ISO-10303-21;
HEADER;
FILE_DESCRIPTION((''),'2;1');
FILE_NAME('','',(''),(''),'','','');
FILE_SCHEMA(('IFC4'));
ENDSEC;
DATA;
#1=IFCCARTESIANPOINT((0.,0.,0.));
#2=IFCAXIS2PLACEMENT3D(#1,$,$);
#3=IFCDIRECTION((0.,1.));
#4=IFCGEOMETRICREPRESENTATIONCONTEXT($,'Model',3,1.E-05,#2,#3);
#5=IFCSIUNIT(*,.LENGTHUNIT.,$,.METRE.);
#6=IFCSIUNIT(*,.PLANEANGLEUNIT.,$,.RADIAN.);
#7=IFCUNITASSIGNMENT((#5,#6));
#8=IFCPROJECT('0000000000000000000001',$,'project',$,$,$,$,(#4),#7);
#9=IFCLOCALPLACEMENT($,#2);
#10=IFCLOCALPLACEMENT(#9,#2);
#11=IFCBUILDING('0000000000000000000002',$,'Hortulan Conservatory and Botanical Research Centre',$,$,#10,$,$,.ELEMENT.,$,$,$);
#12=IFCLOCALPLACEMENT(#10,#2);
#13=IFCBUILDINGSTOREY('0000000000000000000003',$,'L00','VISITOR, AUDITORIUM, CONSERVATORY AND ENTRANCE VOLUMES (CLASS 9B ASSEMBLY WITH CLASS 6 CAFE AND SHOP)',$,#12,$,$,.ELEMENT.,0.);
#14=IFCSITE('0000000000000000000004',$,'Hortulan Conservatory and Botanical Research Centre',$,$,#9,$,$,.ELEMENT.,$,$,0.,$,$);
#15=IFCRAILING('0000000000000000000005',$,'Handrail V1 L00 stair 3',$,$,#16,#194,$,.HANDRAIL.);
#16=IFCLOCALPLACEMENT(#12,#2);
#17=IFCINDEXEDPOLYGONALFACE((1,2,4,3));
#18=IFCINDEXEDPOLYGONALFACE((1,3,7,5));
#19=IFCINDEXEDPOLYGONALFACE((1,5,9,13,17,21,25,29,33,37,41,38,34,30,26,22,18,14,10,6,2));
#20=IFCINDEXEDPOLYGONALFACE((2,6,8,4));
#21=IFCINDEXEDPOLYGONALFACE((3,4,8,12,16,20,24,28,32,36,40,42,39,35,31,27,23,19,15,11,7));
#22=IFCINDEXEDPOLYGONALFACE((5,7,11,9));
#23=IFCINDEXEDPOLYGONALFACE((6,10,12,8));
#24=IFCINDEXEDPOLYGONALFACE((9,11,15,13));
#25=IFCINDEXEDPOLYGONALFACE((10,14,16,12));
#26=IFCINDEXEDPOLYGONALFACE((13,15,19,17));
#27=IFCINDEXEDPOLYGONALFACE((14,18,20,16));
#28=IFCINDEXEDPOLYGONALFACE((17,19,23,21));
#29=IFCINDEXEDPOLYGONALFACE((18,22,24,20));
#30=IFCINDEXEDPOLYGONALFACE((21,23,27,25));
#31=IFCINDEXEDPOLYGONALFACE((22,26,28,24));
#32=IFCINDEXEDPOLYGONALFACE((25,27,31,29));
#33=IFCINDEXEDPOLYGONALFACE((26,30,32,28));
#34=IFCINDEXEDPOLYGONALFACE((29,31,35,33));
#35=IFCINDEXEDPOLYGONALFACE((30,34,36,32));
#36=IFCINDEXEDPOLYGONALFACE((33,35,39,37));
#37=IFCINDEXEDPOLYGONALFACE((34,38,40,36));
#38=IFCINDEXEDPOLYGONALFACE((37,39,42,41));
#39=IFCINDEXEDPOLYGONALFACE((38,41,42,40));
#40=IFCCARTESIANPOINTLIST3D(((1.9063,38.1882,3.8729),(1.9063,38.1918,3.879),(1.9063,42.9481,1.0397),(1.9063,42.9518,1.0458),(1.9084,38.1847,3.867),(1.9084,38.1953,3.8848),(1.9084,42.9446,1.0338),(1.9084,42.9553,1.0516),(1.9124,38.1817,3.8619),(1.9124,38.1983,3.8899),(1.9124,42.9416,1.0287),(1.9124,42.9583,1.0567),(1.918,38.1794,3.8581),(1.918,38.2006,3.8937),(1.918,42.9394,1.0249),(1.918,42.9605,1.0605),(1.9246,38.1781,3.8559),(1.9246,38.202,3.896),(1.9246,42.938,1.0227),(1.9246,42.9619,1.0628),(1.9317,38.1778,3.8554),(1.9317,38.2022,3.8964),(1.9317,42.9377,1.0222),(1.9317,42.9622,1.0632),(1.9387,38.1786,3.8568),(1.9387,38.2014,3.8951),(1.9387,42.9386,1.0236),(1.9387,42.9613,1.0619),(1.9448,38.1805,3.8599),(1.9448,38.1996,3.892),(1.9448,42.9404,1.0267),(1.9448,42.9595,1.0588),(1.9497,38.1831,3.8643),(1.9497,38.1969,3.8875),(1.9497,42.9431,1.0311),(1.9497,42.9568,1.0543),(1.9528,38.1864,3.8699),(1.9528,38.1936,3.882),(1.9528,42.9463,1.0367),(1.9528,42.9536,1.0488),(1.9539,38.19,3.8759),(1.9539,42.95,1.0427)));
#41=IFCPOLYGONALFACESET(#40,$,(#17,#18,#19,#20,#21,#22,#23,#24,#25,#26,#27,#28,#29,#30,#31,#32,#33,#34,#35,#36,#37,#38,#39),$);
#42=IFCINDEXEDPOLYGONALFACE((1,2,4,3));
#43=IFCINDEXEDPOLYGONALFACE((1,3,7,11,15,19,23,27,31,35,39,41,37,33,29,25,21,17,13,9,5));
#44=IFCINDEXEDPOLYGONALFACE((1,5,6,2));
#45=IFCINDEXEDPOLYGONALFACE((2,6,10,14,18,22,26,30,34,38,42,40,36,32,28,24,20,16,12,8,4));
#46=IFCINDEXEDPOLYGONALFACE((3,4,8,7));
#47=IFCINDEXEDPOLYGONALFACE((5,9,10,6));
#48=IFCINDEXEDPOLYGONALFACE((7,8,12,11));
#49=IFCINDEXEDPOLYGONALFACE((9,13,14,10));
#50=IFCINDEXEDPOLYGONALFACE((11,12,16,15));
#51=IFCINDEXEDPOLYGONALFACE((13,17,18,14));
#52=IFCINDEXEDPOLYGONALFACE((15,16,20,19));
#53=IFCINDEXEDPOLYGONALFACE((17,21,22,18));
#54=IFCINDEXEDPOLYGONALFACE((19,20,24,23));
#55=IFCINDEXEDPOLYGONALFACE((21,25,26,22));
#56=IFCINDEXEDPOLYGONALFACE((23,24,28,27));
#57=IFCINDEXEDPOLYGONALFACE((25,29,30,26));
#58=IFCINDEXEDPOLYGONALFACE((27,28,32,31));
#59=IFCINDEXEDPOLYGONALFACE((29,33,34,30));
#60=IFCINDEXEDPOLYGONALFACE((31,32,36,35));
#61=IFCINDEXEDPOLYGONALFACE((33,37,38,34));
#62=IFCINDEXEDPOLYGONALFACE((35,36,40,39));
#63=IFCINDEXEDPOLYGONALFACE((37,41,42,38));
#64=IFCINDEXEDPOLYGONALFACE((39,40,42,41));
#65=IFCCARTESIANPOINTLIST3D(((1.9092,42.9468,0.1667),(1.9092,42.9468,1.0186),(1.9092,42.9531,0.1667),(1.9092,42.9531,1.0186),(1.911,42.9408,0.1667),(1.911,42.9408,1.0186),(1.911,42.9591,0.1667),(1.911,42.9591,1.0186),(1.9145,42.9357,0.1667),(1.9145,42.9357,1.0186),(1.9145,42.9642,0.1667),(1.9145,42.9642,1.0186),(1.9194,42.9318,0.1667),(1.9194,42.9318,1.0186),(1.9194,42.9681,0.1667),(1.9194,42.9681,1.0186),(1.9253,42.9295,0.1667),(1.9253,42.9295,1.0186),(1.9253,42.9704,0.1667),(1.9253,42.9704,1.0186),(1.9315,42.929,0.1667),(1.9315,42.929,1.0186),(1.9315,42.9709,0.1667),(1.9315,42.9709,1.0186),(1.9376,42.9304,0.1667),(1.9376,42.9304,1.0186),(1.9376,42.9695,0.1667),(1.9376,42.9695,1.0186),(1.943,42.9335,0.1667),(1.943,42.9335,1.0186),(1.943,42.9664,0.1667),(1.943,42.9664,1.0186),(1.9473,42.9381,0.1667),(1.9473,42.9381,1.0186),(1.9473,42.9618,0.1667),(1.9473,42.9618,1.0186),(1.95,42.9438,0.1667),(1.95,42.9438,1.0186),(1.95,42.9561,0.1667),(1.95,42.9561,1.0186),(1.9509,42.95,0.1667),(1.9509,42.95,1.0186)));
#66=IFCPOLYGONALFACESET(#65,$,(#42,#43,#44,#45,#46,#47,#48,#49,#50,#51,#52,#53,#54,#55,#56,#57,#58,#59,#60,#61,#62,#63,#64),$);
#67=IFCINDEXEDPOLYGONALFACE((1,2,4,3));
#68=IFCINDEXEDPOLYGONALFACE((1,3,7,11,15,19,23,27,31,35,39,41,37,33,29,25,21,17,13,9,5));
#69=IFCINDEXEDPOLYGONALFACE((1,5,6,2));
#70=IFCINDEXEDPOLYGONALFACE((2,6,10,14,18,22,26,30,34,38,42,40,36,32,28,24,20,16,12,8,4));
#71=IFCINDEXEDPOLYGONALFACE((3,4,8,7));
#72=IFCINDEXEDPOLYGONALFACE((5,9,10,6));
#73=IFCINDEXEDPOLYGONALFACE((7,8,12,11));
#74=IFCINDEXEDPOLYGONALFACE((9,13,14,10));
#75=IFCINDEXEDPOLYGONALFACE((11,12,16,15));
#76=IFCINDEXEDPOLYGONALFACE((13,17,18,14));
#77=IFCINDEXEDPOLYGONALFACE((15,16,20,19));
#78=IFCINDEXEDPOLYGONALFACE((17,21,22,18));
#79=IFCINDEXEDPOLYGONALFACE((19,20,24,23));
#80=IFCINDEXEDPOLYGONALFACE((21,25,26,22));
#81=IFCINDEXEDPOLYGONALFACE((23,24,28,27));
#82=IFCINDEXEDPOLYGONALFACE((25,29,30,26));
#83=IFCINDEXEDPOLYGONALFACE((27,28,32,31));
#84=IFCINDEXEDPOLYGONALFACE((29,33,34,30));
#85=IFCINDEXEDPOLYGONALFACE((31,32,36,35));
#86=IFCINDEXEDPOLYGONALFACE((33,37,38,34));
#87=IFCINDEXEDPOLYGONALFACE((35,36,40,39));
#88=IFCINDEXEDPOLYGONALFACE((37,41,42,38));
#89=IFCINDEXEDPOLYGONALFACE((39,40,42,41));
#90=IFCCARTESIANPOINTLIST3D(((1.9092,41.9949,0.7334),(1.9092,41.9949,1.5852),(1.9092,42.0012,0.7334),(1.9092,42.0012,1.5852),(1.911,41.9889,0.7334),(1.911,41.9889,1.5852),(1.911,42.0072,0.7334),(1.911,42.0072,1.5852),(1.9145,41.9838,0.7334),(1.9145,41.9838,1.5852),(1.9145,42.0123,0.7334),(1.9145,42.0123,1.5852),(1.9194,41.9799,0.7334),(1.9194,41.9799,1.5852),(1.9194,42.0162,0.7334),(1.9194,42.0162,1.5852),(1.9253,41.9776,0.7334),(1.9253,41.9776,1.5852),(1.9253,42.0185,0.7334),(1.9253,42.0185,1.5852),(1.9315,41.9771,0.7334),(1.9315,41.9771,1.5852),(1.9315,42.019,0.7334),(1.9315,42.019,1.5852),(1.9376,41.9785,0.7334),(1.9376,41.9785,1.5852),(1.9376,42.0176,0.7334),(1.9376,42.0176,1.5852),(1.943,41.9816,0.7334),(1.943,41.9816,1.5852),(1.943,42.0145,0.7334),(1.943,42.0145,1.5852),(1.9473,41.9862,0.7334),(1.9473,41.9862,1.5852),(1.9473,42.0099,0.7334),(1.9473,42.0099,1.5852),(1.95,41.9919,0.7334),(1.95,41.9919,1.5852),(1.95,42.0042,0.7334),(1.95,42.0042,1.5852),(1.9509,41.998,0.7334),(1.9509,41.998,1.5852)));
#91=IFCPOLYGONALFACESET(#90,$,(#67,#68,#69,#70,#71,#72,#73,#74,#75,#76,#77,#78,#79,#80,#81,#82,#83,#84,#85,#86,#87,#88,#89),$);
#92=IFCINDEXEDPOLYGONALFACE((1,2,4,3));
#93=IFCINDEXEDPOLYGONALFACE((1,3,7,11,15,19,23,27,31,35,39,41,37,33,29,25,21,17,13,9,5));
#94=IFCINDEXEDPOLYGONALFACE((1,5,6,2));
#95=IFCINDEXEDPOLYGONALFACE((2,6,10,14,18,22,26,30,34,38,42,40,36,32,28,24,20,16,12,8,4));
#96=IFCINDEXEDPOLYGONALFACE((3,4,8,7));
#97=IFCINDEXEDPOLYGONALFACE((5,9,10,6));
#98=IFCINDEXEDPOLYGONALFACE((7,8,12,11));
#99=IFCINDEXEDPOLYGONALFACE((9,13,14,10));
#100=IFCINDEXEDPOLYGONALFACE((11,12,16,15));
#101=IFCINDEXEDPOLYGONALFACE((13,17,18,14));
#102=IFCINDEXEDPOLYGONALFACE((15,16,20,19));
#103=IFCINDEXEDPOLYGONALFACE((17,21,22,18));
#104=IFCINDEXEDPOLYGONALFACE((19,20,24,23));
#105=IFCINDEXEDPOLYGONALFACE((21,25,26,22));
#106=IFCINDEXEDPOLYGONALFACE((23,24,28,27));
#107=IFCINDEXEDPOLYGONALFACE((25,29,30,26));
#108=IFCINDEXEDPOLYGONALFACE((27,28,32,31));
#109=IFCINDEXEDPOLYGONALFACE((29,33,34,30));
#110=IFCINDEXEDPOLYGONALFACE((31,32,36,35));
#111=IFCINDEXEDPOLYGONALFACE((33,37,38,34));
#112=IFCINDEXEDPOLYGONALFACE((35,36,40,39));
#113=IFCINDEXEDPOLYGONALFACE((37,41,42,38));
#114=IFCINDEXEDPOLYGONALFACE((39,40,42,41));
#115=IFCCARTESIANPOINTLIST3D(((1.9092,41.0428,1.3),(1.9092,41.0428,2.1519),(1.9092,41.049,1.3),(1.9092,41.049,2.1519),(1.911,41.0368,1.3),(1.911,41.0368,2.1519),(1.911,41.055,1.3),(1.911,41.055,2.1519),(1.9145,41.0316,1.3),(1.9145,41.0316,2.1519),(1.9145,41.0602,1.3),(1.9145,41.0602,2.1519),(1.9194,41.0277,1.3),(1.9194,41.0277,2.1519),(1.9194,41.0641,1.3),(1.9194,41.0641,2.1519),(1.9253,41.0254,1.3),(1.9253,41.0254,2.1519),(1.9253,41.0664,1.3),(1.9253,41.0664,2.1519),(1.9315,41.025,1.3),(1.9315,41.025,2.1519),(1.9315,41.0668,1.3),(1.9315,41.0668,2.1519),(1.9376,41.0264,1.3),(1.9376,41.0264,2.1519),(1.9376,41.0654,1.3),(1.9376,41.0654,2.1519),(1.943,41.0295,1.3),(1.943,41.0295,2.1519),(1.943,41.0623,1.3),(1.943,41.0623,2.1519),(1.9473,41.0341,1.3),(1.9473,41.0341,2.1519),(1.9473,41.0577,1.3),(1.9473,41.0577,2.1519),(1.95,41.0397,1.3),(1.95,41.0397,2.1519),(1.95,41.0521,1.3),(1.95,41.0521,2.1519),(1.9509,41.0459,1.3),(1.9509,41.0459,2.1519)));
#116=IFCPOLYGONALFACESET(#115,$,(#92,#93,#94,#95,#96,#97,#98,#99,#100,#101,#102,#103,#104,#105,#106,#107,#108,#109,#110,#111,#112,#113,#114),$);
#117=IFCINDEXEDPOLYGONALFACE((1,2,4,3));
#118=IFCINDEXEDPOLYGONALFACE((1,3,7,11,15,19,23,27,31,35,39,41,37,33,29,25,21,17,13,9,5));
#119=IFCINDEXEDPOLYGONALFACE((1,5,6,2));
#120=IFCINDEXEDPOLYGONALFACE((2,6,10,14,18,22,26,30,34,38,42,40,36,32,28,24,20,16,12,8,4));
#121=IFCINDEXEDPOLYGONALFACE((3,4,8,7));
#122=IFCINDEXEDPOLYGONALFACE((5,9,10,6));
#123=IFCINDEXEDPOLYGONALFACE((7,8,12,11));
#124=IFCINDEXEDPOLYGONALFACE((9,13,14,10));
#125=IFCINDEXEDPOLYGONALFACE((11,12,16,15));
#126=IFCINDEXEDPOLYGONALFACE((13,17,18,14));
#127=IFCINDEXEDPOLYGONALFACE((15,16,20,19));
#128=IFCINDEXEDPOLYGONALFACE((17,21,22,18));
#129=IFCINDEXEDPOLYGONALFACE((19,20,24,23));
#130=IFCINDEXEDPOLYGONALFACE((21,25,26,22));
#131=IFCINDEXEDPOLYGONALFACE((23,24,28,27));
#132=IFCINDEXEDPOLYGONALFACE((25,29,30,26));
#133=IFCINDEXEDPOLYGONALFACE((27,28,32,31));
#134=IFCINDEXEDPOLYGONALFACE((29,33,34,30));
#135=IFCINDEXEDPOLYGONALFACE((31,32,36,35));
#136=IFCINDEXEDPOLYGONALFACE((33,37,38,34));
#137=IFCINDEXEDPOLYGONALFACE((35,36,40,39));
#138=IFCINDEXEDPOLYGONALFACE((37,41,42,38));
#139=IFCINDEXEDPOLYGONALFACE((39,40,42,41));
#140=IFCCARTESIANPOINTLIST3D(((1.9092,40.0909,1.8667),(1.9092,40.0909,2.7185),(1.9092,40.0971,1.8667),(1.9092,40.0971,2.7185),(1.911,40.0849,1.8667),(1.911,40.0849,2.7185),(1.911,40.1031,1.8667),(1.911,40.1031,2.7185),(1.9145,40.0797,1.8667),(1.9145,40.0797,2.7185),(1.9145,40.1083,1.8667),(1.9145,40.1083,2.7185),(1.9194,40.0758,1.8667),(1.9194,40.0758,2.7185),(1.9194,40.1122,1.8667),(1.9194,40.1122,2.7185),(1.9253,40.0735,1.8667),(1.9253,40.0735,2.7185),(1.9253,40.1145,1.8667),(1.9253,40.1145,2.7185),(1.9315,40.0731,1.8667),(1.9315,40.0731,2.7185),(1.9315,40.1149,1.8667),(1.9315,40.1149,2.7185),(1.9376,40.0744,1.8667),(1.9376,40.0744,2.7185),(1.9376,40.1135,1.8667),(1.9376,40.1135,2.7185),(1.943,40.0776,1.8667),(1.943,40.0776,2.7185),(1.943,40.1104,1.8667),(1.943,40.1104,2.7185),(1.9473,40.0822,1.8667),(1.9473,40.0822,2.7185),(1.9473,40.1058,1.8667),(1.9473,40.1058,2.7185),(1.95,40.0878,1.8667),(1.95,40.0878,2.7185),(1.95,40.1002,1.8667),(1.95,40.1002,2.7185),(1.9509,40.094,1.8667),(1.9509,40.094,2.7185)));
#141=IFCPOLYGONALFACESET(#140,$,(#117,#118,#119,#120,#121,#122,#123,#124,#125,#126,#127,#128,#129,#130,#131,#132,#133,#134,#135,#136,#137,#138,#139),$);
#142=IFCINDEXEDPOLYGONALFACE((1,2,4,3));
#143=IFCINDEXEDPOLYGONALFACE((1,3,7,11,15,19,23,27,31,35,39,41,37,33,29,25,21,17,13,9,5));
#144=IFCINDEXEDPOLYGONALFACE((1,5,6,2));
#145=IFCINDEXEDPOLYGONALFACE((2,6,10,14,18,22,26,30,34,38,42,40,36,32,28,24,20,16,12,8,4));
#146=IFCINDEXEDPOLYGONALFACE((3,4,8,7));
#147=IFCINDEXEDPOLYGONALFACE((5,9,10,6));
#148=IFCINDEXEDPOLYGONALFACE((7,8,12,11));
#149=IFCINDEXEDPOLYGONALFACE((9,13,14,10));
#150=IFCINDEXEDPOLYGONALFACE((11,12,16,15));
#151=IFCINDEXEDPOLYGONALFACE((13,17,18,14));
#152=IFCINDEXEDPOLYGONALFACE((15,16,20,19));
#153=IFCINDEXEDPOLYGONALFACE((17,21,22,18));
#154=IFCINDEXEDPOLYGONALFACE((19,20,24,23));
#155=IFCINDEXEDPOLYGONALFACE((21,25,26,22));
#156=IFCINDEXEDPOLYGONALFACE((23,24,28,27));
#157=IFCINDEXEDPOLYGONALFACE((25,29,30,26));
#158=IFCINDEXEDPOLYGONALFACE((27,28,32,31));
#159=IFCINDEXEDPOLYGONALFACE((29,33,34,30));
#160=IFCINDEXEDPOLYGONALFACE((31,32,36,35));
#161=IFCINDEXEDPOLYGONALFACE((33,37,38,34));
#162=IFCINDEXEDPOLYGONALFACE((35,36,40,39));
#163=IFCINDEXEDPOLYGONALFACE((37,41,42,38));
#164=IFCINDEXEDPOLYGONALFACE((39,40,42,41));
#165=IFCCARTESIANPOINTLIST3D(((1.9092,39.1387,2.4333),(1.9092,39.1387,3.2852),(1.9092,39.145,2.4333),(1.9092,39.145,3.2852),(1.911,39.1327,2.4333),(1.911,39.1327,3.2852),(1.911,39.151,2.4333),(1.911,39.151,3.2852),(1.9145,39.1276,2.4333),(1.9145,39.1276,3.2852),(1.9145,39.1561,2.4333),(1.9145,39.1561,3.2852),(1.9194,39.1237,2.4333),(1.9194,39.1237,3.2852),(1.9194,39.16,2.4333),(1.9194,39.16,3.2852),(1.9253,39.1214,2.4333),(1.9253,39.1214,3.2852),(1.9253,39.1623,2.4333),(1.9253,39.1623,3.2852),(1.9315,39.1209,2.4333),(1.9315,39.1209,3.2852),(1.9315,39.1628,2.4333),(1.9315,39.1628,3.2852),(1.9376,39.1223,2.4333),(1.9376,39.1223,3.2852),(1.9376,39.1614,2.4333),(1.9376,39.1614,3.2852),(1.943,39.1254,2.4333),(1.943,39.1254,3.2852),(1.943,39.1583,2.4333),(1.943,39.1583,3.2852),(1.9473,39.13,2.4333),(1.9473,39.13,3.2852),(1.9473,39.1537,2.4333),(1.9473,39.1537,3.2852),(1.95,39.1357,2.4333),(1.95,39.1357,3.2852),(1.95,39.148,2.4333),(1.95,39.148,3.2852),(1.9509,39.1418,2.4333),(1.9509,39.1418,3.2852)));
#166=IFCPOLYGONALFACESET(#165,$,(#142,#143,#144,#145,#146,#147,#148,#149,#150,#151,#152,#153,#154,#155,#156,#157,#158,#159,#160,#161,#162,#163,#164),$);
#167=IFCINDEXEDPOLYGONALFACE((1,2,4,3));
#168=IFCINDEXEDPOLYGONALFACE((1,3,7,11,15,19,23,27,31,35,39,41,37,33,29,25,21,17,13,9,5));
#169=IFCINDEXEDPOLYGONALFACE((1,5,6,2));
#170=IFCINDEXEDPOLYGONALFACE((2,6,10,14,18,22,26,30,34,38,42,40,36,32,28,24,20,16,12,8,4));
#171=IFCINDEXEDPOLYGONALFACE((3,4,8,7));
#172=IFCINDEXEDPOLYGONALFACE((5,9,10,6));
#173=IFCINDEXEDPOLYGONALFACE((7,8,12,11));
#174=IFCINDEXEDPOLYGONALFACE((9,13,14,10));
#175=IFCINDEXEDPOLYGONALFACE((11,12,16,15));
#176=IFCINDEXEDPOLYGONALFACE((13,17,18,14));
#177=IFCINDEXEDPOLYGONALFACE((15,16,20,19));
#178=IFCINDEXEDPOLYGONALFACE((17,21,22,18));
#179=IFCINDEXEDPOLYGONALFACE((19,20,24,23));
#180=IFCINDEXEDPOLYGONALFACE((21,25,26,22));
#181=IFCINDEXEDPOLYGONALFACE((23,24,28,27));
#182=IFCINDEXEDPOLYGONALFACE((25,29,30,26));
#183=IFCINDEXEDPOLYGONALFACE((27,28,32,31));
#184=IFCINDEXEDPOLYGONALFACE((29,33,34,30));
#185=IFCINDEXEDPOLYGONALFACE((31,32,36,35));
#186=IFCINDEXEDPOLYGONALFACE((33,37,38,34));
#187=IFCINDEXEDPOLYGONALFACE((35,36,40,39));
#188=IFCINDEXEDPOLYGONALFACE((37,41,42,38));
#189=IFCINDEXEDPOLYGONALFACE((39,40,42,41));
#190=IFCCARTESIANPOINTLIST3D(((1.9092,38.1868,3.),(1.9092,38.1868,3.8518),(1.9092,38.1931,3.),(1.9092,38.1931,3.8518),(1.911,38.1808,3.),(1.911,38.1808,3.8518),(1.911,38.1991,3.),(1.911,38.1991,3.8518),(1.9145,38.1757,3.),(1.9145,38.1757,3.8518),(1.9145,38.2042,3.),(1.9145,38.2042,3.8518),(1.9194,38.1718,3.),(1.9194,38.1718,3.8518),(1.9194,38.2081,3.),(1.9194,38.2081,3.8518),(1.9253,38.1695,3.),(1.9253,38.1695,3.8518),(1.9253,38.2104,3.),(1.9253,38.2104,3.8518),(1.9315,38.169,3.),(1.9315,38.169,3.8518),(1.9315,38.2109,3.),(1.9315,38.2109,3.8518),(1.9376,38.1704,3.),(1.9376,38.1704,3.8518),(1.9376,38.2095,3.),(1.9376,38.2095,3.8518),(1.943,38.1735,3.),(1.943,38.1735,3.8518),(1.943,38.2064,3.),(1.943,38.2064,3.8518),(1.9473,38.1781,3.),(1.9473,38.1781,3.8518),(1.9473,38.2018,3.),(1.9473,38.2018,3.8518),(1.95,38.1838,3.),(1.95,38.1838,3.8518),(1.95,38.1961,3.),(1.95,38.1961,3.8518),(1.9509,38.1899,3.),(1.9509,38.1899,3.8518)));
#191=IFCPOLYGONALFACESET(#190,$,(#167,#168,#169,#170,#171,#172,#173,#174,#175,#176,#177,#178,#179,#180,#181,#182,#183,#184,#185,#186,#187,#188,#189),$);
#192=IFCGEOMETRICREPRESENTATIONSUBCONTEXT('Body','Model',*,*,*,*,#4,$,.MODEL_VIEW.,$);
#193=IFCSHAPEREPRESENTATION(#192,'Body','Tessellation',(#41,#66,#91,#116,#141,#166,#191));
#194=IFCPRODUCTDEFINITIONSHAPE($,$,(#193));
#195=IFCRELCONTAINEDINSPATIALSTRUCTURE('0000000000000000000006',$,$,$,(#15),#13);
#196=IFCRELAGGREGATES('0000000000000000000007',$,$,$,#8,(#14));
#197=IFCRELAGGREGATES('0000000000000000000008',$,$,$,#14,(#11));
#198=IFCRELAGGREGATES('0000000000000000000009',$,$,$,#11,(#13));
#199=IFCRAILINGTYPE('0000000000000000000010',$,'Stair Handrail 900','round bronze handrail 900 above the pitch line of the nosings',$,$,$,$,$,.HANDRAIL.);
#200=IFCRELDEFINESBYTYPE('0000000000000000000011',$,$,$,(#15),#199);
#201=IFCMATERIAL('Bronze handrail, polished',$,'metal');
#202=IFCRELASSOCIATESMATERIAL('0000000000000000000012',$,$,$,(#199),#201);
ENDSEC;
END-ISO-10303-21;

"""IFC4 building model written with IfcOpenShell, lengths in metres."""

from ifc_helpers import new_model, si_unit, direction, frame, origin, origin_2d, place, context, subcontext, project, spatial, circle, extrude, material, type_object, element, save


model = new_model("IFC4")

# Units and contexts
model_context = context("Model", 3, precision=1e-05, world=origin(), true_north=direction((0.0, 1.0)))
body_context = subcontext(model_context, "Body", "Model", "MODEL_VIEW")
ifc_project = project(units=[si_unit("LENGTHUNIT", "METRE"), si_unit("PLANEANGLEUNIT", "RADIAN")], contexts=[model_context])

# Site, building, storey
site_placement = place(None, origin())
site = spatial("IfcSite", under=ifc_project, at=site_placement, Name="Hortulan Conservatory and Botanical Research Centre", CompositionType="ELEMENT", RefElevation=0.0)
building_placement = place(site_placement, origin())
building = spatial("IfcBuilding", under=site, at=building_placement, Name="Hortulan Conservatory and Botanical Research Centre", CompositionType="ELEMENT")
storey_placement = place(building_placement, origin())
storey = spatial("IfcBuildingStorey", under=building, at=storey_placement, Name="L00", Description="VISITOR, AUDITORIUM, CONSERVATORY AND ENTRANCE VOLUMES (CLASS 9B ASSEMBLY WITH CLASS 6 CAFE AND SHOP)", CompositionType="ELEMENT", Elevation=0.0)

# Railing
ifc_material_1 = material(Name="Bronze handrail, polished", Category="metal")
railing_type_1 = type_object("IfcRailingType", Name="Stair Handrail 900", Description="round bronze handrail 900 above the pitch line of the nosings", PredefinedType="HANDRAIL", material=ifc_material_1)
railing_1_placement = place(storey_placement, frame((1.9299, 42.95, 0.1667)))
element("IfcRailing", 1, at=railing_1_placement, inside=storey, type_object=railing_type_1, Name="Handrail V1 L00 stair 3", PredefinedType="HANDRAIL", context=body_context, shape_type="SweptSolid", body=[
    extrude(circle(Radius=0.0239, at=origin_2d()), frame((0.0, 0.0, 0.876), z_axis=(0.0, -0.8593, 0.511472), x_axis=(1.0, 0.0, 0.0)), (0.0, 0.0, 1.0), 5.5393),
    extrude(circle(Radius=0.021, at=origin_2d()), origin(), (0.0, 0.0, 1.0), 0.8518),
    extrude(circle(Radius=0.021, at=origin_2d()), frame((0.0, -0.9519, 0.5667)), (0.0, 0.0, 1.0), 0.8518),
    extrude(circle(Radius=0.021, at=origin_2d()), frame((0.0, -1.9041, 1.1333)), (0.0, 0.0, 1.0), 0.8518),
    extrude(circle(Radius=0.021, at=origin_2d()), frame((0.0, -2.856, 1.7)), (0.0, 0.0, 1.0), 0.8518),
    extrude(circle(Radius=0.021, at=origin_2d()), frame((0.0, -3.8081, 2.2666)), (0.0, 0.0, 1.0), 0.8518),
    extrude(circle(Radius=0.021, at=origin_2d()), frame((0.0, -4.76, 2.8333)), (0.0, 0.0, 1.0), 0.8518),
])

save(model, "model.ifc")
